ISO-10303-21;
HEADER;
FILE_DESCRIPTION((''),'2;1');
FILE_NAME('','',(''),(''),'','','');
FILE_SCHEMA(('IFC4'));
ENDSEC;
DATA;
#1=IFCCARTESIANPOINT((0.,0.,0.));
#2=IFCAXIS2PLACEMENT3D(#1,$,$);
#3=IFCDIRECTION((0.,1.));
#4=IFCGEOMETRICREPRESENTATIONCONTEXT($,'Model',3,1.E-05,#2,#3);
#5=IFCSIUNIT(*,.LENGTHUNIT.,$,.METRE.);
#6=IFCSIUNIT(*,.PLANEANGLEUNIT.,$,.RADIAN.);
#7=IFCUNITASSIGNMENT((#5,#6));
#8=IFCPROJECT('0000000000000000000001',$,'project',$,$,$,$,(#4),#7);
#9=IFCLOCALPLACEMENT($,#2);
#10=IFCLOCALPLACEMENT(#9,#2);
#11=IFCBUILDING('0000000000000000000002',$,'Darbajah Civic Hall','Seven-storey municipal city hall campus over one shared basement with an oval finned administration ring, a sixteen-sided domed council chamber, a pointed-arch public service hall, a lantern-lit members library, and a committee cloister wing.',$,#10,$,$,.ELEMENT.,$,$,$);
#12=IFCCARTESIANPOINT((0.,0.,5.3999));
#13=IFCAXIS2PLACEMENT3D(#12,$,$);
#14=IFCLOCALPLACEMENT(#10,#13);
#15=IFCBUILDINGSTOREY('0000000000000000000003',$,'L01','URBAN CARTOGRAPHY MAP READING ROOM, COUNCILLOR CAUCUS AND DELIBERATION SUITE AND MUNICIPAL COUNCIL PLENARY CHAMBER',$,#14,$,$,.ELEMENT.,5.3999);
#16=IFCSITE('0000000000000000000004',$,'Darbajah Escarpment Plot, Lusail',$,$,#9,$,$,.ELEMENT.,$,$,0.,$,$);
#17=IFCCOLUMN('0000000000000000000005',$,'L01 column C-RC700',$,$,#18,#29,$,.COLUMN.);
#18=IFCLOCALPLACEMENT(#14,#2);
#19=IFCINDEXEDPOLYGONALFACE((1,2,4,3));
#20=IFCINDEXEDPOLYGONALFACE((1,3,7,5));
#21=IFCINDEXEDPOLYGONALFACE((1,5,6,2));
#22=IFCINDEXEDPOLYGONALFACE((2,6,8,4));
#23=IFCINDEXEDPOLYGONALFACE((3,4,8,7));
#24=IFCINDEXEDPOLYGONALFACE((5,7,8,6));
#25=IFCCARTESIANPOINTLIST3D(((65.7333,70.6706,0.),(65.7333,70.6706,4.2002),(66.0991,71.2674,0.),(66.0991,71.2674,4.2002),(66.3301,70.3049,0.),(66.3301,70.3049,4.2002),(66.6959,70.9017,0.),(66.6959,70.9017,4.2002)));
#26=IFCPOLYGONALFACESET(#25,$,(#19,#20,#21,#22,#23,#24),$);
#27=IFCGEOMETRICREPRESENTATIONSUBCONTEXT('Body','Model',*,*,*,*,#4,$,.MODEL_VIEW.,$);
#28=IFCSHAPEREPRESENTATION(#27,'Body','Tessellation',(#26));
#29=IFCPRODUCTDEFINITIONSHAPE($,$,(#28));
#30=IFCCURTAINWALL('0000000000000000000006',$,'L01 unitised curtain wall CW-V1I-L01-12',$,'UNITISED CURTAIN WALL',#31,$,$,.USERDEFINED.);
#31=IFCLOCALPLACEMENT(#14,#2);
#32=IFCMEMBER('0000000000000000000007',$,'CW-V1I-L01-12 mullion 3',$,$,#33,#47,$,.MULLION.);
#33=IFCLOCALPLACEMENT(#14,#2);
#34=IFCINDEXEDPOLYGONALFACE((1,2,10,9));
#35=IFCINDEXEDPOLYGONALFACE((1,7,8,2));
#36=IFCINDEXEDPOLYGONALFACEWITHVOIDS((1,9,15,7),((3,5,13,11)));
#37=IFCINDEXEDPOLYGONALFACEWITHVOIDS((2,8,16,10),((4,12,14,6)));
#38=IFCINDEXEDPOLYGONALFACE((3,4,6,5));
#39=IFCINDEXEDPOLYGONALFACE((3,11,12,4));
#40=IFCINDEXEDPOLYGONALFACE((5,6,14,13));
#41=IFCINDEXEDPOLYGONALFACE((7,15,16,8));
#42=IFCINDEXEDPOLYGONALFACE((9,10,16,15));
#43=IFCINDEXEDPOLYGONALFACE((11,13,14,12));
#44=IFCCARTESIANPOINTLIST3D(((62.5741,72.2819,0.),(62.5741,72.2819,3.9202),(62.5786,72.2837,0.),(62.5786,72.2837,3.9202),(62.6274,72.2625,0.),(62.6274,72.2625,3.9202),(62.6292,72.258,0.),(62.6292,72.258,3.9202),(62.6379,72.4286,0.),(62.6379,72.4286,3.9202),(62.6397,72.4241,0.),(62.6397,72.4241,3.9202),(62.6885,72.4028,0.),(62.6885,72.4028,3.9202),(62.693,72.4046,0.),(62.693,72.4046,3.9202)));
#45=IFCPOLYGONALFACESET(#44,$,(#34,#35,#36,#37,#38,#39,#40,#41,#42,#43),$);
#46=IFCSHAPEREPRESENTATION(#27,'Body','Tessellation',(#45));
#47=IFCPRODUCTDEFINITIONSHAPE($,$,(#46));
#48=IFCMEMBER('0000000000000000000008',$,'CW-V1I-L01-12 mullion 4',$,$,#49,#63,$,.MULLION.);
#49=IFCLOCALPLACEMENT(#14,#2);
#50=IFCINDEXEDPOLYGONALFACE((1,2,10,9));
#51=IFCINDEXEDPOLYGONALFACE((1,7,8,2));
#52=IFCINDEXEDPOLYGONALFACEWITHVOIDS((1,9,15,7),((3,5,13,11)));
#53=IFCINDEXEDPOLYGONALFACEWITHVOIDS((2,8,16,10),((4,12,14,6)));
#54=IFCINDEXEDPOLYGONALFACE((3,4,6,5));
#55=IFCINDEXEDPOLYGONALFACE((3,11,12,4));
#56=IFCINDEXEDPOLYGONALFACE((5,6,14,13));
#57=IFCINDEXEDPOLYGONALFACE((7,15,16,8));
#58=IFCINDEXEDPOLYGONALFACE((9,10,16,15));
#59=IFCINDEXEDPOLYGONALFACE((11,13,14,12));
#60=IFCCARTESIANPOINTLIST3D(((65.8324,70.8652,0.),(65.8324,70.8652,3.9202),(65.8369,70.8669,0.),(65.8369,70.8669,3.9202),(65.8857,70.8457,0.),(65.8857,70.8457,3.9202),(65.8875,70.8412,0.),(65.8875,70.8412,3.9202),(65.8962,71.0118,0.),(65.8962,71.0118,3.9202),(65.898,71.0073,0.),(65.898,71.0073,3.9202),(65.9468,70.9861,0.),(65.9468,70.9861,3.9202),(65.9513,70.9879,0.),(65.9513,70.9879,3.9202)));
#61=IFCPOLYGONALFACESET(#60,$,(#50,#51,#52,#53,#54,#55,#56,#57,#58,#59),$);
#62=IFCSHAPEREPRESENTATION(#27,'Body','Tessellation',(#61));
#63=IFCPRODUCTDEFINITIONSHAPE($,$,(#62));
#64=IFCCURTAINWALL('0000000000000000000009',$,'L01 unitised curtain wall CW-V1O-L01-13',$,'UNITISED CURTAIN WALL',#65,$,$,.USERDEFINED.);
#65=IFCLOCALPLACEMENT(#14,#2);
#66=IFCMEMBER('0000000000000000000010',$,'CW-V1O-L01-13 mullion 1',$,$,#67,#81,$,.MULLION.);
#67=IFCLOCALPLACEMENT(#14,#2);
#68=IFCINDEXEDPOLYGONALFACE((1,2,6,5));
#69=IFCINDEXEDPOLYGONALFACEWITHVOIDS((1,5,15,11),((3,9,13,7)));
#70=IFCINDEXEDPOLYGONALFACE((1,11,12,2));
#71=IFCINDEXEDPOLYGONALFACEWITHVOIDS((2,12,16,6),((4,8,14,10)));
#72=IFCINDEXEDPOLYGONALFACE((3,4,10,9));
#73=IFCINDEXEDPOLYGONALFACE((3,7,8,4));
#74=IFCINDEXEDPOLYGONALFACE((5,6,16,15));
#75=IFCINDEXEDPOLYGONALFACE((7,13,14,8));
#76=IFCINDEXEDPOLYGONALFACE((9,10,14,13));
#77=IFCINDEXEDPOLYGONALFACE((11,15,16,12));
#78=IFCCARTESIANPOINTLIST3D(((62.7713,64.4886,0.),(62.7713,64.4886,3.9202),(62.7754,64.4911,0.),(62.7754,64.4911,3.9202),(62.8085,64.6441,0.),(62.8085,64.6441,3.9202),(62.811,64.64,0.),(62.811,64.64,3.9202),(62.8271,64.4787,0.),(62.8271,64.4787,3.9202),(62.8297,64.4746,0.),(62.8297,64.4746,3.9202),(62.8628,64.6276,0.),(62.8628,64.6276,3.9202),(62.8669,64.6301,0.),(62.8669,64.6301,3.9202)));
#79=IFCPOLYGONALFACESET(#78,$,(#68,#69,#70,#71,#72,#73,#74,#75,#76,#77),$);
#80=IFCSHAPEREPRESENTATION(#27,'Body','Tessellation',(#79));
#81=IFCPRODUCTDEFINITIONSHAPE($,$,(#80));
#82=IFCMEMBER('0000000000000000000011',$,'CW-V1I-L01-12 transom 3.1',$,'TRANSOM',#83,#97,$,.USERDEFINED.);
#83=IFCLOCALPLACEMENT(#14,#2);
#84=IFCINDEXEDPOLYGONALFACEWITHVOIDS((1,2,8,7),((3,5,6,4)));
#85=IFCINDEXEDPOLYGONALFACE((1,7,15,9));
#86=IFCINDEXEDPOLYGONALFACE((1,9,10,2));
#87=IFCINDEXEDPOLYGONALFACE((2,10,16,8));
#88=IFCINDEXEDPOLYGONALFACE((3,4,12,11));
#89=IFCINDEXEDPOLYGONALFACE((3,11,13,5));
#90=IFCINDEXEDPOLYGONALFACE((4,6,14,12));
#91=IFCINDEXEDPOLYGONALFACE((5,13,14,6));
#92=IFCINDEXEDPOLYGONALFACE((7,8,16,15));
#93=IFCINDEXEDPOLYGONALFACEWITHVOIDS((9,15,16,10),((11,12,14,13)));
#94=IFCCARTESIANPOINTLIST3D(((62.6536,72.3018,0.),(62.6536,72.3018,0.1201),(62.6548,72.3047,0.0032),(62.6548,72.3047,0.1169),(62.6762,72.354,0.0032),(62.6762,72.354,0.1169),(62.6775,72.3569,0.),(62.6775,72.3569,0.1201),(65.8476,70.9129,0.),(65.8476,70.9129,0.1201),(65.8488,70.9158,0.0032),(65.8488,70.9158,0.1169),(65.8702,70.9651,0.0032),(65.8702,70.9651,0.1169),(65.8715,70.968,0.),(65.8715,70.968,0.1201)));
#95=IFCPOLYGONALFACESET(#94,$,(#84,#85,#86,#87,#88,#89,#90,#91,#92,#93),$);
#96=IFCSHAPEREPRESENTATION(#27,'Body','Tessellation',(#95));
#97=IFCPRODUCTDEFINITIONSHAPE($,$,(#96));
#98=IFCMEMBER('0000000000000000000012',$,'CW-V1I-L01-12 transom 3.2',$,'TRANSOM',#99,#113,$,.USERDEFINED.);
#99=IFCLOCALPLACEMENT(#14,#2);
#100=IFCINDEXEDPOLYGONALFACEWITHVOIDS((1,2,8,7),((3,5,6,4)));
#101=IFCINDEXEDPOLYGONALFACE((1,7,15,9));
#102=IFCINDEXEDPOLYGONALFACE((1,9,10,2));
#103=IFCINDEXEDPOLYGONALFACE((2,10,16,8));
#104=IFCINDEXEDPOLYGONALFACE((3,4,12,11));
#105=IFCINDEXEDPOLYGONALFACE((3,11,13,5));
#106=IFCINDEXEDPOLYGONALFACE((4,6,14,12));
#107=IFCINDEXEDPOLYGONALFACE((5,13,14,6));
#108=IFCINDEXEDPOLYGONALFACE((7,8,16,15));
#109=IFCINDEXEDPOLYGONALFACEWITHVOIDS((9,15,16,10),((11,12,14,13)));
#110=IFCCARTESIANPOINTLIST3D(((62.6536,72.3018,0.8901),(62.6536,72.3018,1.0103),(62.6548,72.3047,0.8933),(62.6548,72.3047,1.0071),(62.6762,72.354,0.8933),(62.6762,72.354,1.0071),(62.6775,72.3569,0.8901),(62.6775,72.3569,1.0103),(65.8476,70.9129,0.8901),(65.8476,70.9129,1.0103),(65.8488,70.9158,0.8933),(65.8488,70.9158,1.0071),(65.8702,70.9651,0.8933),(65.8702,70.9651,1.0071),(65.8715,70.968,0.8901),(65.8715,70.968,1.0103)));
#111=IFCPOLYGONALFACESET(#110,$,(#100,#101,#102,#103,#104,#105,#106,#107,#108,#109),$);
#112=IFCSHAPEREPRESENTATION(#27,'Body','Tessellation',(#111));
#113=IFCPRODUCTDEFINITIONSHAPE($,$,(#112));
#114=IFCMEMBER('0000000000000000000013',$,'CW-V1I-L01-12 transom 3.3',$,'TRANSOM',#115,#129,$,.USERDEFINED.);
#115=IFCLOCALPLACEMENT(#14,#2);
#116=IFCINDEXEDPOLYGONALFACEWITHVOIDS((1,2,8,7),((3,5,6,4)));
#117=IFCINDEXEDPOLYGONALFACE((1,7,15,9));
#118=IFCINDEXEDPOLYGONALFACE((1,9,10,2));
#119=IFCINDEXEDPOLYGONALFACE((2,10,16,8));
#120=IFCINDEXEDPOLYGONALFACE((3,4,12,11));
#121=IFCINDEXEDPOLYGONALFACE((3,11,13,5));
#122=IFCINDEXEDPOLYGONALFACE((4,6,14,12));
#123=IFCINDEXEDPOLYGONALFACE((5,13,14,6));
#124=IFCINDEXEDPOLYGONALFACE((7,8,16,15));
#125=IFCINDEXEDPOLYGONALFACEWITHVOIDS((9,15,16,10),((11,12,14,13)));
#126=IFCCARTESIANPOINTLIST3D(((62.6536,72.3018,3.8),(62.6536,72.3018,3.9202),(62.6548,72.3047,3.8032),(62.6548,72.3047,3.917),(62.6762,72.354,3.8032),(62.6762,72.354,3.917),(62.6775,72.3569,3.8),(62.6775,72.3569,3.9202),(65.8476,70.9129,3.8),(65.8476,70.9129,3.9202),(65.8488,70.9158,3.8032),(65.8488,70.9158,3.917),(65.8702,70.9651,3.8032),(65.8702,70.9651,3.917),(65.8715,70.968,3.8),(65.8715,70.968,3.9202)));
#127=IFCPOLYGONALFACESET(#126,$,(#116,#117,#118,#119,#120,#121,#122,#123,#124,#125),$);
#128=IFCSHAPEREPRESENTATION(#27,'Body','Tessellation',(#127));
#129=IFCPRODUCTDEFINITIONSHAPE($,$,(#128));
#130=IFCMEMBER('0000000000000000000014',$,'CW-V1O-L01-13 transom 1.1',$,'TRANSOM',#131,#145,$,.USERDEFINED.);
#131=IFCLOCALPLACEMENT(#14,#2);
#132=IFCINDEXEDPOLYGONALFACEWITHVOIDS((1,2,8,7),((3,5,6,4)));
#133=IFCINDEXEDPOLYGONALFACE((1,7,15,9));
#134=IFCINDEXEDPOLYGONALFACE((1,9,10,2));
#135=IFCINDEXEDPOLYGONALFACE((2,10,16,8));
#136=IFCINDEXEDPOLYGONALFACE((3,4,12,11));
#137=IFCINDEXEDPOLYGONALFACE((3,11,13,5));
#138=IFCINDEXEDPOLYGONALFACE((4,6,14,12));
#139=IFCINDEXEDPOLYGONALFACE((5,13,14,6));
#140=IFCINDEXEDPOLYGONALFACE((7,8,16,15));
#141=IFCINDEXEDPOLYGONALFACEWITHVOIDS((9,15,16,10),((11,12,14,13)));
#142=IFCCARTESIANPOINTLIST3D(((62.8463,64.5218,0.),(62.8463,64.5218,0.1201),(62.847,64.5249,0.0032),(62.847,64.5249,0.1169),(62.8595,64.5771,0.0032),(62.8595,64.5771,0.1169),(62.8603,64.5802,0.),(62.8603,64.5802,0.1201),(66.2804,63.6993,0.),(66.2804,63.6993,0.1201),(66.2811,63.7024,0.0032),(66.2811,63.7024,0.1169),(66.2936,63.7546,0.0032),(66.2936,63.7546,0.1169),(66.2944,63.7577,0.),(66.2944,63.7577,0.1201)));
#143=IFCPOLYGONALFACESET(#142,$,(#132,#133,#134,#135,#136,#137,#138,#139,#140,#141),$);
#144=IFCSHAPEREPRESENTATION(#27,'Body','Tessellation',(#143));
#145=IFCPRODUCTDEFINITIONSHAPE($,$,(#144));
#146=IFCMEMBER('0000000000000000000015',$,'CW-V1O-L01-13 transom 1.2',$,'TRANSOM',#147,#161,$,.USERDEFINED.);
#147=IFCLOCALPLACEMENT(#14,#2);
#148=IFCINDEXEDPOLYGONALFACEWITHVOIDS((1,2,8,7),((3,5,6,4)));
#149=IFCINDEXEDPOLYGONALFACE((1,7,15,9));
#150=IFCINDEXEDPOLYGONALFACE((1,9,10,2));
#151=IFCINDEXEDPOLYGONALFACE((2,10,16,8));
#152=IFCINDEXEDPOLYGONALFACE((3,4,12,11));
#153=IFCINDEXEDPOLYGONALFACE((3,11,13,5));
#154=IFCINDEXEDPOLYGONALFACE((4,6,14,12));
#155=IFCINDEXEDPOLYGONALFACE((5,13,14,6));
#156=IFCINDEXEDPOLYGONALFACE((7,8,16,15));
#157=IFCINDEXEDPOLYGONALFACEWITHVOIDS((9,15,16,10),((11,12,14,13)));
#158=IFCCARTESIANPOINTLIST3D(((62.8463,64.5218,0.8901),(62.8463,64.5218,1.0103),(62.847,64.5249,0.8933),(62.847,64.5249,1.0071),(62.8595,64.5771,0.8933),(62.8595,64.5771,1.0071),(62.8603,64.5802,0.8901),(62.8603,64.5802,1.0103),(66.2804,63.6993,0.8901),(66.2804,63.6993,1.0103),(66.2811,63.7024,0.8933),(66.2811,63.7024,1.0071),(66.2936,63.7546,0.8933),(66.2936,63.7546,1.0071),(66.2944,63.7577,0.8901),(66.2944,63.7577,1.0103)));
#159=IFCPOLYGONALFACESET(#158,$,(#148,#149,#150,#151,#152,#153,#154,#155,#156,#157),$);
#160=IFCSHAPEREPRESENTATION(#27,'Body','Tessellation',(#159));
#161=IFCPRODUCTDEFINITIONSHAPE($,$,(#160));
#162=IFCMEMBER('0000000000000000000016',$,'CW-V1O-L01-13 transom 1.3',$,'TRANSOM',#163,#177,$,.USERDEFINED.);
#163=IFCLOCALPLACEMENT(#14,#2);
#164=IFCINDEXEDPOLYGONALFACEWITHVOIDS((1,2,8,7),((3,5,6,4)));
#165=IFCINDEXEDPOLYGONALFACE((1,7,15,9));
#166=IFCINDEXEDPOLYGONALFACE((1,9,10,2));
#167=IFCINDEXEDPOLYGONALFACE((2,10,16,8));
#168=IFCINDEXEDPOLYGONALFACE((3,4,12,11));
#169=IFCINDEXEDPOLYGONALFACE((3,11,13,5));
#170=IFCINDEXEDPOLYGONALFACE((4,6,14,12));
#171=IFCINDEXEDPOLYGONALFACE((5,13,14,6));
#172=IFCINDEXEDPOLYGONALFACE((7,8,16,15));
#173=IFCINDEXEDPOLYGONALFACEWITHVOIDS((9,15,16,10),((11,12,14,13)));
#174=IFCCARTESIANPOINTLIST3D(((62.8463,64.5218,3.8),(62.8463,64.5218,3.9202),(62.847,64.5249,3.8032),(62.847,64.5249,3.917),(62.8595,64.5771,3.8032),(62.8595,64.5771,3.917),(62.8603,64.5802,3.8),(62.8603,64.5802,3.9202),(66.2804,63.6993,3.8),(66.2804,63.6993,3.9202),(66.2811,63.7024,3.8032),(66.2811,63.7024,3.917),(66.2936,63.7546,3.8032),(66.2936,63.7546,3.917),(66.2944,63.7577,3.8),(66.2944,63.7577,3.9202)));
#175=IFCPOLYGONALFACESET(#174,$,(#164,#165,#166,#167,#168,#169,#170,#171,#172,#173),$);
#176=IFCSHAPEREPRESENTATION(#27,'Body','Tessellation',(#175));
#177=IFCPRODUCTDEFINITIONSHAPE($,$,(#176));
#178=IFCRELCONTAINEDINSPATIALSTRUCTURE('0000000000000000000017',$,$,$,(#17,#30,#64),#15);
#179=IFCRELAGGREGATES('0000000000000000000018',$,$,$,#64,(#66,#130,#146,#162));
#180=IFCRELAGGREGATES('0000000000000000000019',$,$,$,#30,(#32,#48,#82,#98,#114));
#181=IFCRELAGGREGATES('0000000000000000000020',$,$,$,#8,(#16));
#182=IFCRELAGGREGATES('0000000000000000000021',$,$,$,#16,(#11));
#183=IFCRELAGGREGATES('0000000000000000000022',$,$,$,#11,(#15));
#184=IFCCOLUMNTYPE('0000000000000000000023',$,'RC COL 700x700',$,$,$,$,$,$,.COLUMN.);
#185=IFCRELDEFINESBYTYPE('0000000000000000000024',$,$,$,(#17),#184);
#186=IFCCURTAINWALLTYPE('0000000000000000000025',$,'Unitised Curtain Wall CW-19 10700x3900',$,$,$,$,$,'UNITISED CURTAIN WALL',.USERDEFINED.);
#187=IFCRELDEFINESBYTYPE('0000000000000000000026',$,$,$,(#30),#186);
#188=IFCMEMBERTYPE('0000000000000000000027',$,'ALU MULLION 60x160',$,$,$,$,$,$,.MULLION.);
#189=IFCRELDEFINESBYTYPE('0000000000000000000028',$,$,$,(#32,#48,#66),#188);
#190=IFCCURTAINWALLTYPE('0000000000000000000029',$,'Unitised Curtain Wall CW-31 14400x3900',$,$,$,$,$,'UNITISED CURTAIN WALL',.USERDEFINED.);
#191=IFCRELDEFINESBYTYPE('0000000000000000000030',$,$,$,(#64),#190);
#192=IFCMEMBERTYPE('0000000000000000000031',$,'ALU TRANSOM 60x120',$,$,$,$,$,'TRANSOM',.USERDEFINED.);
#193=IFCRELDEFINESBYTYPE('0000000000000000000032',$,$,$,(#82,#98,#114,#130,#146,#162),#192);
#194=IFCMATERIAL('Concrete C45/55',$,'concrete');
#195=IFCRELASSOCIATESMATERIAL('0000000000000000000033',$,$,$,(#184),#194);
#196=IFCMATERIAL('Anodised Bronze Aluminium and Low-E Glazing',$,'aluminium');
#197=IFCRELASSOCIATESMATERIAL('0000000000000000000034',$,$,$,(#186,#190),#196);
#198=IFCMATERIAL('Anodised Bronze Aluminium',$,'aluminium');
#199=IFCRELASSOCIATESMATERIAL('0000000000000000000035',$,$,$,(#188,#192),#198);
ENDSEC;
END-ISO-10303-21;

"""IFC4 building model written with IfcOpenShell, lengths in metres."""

from ifc_helpers import new_model, si_unit, direction, frame, origin, origin_2d, place, context, subcontext, project, spatial, rectangle, hollow_rectangle, extrude, material, material_profile, profile_set, type_object, element, aggregate, save


model = new_model("IFC4")

# Units and contexts
model_context = context("Model", 3, precision=1e-05, world=origin(), true_north=direction((0.0, 1.0)))
body_context = subcontext(model_context, "Body", "Model", "MODEL_VIEW")
ifc_project = project(units=[si_unit("LENGTHUNIT", "METRE"), si_unit("PLANEANGLEUNIT", "RADIAN")], contexts=[model_context])

# Site, building, storey
site_placement = place(None, origin())
site = spatial("IfcSite", under=ifc_project, at=site_placement, Name="Darbajah Escarpment Plot, Lusail", CompositionType="ELEMENT", RefElevation=0.0)
building_placement = place(site_placement, origin())
building = spatial("IfcBuilding", under=site, at=building_placement, Name="Darbajah Civic Hall", Description="Seven-storey municipal city hall campus over one shared basement with an oval finned administration ring, a sixteen-sided domed council chamber, a pointed-arch public service hall, a lantern-lit members library, and a committee cloister wing.", CompositionType="ELEMENT")
storey_placement = place(building_placement, frame((0.0, 0.0, 5.3999)))
storey = spatial("IfcBuildingStorey", under=building, at=storey_placement, Name="L01", Description="URBAN CARTOGRAPHY MAP READING ROOM, COUNCILLOR CAUCUS AND DELIBERATION SUITE AND MUNICIPAL COUNCIL PLENARY CHAMBER", CompositionType="ELEMENT", Elevation=5.3999)

# Column
ifc_material_1 = material(Name="Concrete C45/55", Category="concrete")
ifc_material_profile_1 = material_profile(ifc_material_1, rectangle(XDim=0.7, YDim=0.7, at=origin_2d()), Name="RC COL 700x700")
ifc_profile_set_1 = profile_set([ifc_material_profile_1], Name="Concrete C45/55")
column_type = type_object("IfcColumnType", Name="RC COL 700x700", PredefinedType="COLUMN", material=ifc_profile_set_1)
column_placement = place(storey_placement, frame((66.2146, 70.7861, 0.0), z_axis=(0.0, 0.0, 1.0), x_axis=(-0.522499, -0.85264, 0.0)))
element("IfcColumn", 1, at=column_placement, inside=storey, type_object=column_type, Name="L01 column C-RC700", PredefinedType="COLUMN", context=body_context, shape_type="SweptSolid", body=[
    extrude(rectangle(XDim=0.7, YDim=0.7, at=origin_2d()), origin(), (0.0, 0.0, 1.0), 4.2002),
])

# Curtain wall, members
ifc_material_2 = material(Name="Anodised Bronze Aluminium and Low-E Glazing", Category="aluminium")
curtain_wall_type_1 = type_object("IfcCurtainWallType", Name="Unitised Curtain Wall CW-19 10700x3900", ElementType="UNITISED CURTAIN WALL", PredefinedType="USERDEFINED", material=ifc_material_2)
curtain_wall_1_placement = place(storey_placement, origin())
curtain_wall_1 = element("IfcCurtainWall", 2, at=curtain_wall_1_placement, inside=storey, type_object=curtain_wall_type_1, Name="L01 unitised curtain wall CW-V1I-L01-12", ObjectType="UNITISED CURTAIN WALL", PredefinedType="USERDEFINED")
ifc_material_3 = material(Name="Anodised Bronze Aluminium", Category="aluminium")
ifc_material_profile_2 = material_profile(ifc_material_3, hollow_rectangle(XDim=0.0601, YDim=0.1599, WallThickness=0.0034, at=origin_2d()), Name="ALU MULLION 60x160")
ifc_profile_set_2 = profile_set([ifc_material_profile_2], Name="Anodised Bronze Aluminium")
member_type_1 = type_object("IfcMemberType", Name="ALU MULLION 60x160", PredefinedType="MULLION", material=ifc_profile_set_2)
member_1_placement = place(storey_placement, frame((62.6335, 72.3433, 0.0), z_axis=(0.0, 0.0, 1.0), x_axis=(0.91706, -0.398749, 0.0)))
member_1 = element("IfcMember", 3, at=member_1_placement, type_object=member_type_1, Name="CW-V1I-L01-12 mullion 3", PredefinedType="MULLION", context=body_context, shape_type="SweptSolid", body=[
    extrude(hollow_rectangle(XDim=0.0601, YDim=0.1599, WallThickness=0.0034, at=origin_2d()), origin(), (0.0, 0.0, 1.0), 3.9202),
])
member_2_placement = place(storey_placement, frame((65.8918, 70.9265, 0.0), z_axis=(0.0, 0.0, 1.0), x_axis=(0.91706, -0.398749, 0.0)))
member_2 = element("IfcMember", 4, at=member_2_placement, type_object=member_type_1, Name="CW-V1I-L01-12 mullion 4", PredefinedType="MULLION", context=body_context, shape_type="SweptSolid", body=[
    extrude(hollow_rectangle(XDim=0.0601, YDim=0.1599, WallThickness=0.0034, at=origin_2d()), origin(), (0.0, 0.0, 1.0), 3.9202),
])

# Curtain wall, member
curtain_wall_type_2 = type_object("IfcCurtainWallType", Name="Unitised Curtain Wall CW-31 14400x3900", ElementType="UNITISED CURTAIN WALL", PredefinedType="USERDEFINED", material=ifc_material_2)
curtain_wall_2_placement = place(storey_placement, origin())
curtain_wall_2 = element("IfcCurtainWall", 5, at=curtain_wall_2_placement, inside=storey, type_object=curtain_wall_type_2, Name="L01 unitised curtain wall CW-V1O-L01-13", ObjectType="UNITISED CURTAIN WALL", PredefinedType="USERDEFINED")
member_3_placement = place(storey_placement, frame((62.8191, 64.5593, 0.0), z_axis=(0.0, 0.0, 1.0), x_axis=(0.972492, -0.232936, 0.0)))
member_3 = element("IfcMember", 6, at=member_3_placement, type_object=member_type_1, Name="CW-V1O-L01-13 mullion 1", PredefinedType="MULLION", context=body_context, shape_type="SweptSolid", body=[
    extrude(hollow_rectangle(XDim=0.0601, YDim=0.1599, WallThickness=0.0034, at=origin_2d()), origin(), (0.0, 0.0, 1.0), 3.9202),
])

# Members
ifc_material_profile_3 = material_profile(ifc_material_3, hollow_rectangle(XDim=0.0601, YDim=0.1201, WallThickness=0.0032, at=origin_2d()), Name="ALU TRANSOM 60x120")
ifc_profile_set_3 = profile_set([ifc_material_profile_3], Name="Anodised Bronze Aluminium")
member_type_2 = type_object("IfcMemberType", Name="ALU TRANSOM 60x120", ElementType="TRANSOM", PredefinedType="USERDEFINED", material=ifc_profile_set_3)
member_4_placement = place(storey_placement, frame((62.6655, 72.3293, 0.0601), z_axis=(0.917051, -0.39877, 0.0), x_axis=(0.39877, 0.917051, 0.0)))
member_4 = element("IfcMember", 7, at=member_4_placement, type_object=member_type_2, Name="CW-V1I-L01-12 transom 3.1", ObjectType="TRANSOM", PredefinedType="USERDEFINED", context=body_context, shape_type="SweptSolid", body=[
    extrude(hollow_rectangle(XDim=0.0601, YDim=0.1201, WallThickness=0.0032, at=origin_2d()), origin(), (0.0, 0.0, 1.0), 3.4829),
])
member_5_placement = place(storey_placement, frame((62.6655, 72.3293, 0.9502), z_axis=(0.917051, -0.39877, 0.0), x_axis=(0.39877, 0.917051, 0.0)))
member_5 = element("IfcMember", 8, at=member_5_placement, type_object=member_type_2, Name="CW-V1I-L01-12 transom 3.2", ObjectType="TRANSOM", PredefinedType="USERDEFINED", context=body_context, shape_type="SweptSolid", body=[
    extrude(hollow_rectangle(XDim=0.0601, YDim=0.1201, WallThickness=0.0032, at=origin_2d()), origin(), (0.0, 0.0, 1.0), 3.4829),
])
member_6_placement = place(storey_placement, frame((62.6655, 72.3293, 3.8601), z_axis=(0.917051, -0.39877, 0.0), x_axis=(0.39877, 0.917051, 0.0)))
member_6 = element("IfcMember", 9, at=member_6_placement, type_object=member_type_2, Name="CW-V1I-L01-12 transom 3.3", ObjectType="TRANSOM", PredefinedType="USERDEFINED", context=body_context, shape_type="SweptSolid", body=[
    extrude(hollow_rectangle(XDim=0.0601, YDim=0.1201, WallThickness=0.0032, at=origin_2d()), origin(), (0.0, 0.0, 1.0), 3.4829),
])
member_7_placement = place(storey_placement, frame((62.8533, 64.551, 0.0601), z_axis=(0.972495, -0.232926, 0.0), x_axis=(0.232926, 0.972495, 0.0)))
member_7 = element("IfcMember", 10, at=member_7_placement, type_object=member_type_2, Name="CW-V1O-L01-13 transom 1.1", ObjectType="TRANSOM", PredefinedType="USERDEFINED", context=body_context, shape_type="SweptSolid", body=[
    extrude(hollow_rectangle(XDim=0.0601, YDim=0.1201, WallThickness=0.0032, at=origin_2d()), origin(), (0.0, 0.0, 1.0), 3.5312),
])
member_8_placement = place(storey_placement, frame((62.8533, 64.551, 0.9502), z_axis=(0.972495, -0.232926, 0.0), x_axis=(0.232926, 0.972495, 0.0)))
member_8 = element("IfcMember", 11, at=member_8_placement, type_object=member_type_2, Name="CW-V1O-L01-13 transom 1.2", ObjectType="TRANSOM", PredefinedType="USERDEFINED", context=body_context, shape_type="SweptSolid", body=[
    extrude(hollow_rectangle(XDim=0.0601, YDim=0.1201, WallThickness=0.0032, at=origin_2d()), origin(), (0.0, 0.0, 1.0), 3.5312),
])
member_9_placement = place(storey_placement, frame((62.8533, 64.551, 3.8601), z_axis=(0.972495, -0.232926, 0.0), x_axis=(0.232926, 0.972495, 0.0)))
member_9 = element("IfcMember", 12, at=member_9_placement, type_object=member_type_2, Name="CW-V1O-L01-13 transom 1.3", ObjectType="TRANSOM", PredefinedType="USERDEFINED", context=body_context, shape_type="SweptSolid", body=[
    extrude(hollow_rectangle(XDim=0.0601, YDim=0.1201, WallThickness=0.0032, at=origin_2d()), origin(), (0.0, 0.0, 1.0), 3.5312),
])
aggregate(curtain_wall_2, [member_3, member_7, member_8, member_9])

aggregate(curtain_wall_1, [member_1, member_2, member_4, member_5, member_6])

save(model, "model.ifc")
